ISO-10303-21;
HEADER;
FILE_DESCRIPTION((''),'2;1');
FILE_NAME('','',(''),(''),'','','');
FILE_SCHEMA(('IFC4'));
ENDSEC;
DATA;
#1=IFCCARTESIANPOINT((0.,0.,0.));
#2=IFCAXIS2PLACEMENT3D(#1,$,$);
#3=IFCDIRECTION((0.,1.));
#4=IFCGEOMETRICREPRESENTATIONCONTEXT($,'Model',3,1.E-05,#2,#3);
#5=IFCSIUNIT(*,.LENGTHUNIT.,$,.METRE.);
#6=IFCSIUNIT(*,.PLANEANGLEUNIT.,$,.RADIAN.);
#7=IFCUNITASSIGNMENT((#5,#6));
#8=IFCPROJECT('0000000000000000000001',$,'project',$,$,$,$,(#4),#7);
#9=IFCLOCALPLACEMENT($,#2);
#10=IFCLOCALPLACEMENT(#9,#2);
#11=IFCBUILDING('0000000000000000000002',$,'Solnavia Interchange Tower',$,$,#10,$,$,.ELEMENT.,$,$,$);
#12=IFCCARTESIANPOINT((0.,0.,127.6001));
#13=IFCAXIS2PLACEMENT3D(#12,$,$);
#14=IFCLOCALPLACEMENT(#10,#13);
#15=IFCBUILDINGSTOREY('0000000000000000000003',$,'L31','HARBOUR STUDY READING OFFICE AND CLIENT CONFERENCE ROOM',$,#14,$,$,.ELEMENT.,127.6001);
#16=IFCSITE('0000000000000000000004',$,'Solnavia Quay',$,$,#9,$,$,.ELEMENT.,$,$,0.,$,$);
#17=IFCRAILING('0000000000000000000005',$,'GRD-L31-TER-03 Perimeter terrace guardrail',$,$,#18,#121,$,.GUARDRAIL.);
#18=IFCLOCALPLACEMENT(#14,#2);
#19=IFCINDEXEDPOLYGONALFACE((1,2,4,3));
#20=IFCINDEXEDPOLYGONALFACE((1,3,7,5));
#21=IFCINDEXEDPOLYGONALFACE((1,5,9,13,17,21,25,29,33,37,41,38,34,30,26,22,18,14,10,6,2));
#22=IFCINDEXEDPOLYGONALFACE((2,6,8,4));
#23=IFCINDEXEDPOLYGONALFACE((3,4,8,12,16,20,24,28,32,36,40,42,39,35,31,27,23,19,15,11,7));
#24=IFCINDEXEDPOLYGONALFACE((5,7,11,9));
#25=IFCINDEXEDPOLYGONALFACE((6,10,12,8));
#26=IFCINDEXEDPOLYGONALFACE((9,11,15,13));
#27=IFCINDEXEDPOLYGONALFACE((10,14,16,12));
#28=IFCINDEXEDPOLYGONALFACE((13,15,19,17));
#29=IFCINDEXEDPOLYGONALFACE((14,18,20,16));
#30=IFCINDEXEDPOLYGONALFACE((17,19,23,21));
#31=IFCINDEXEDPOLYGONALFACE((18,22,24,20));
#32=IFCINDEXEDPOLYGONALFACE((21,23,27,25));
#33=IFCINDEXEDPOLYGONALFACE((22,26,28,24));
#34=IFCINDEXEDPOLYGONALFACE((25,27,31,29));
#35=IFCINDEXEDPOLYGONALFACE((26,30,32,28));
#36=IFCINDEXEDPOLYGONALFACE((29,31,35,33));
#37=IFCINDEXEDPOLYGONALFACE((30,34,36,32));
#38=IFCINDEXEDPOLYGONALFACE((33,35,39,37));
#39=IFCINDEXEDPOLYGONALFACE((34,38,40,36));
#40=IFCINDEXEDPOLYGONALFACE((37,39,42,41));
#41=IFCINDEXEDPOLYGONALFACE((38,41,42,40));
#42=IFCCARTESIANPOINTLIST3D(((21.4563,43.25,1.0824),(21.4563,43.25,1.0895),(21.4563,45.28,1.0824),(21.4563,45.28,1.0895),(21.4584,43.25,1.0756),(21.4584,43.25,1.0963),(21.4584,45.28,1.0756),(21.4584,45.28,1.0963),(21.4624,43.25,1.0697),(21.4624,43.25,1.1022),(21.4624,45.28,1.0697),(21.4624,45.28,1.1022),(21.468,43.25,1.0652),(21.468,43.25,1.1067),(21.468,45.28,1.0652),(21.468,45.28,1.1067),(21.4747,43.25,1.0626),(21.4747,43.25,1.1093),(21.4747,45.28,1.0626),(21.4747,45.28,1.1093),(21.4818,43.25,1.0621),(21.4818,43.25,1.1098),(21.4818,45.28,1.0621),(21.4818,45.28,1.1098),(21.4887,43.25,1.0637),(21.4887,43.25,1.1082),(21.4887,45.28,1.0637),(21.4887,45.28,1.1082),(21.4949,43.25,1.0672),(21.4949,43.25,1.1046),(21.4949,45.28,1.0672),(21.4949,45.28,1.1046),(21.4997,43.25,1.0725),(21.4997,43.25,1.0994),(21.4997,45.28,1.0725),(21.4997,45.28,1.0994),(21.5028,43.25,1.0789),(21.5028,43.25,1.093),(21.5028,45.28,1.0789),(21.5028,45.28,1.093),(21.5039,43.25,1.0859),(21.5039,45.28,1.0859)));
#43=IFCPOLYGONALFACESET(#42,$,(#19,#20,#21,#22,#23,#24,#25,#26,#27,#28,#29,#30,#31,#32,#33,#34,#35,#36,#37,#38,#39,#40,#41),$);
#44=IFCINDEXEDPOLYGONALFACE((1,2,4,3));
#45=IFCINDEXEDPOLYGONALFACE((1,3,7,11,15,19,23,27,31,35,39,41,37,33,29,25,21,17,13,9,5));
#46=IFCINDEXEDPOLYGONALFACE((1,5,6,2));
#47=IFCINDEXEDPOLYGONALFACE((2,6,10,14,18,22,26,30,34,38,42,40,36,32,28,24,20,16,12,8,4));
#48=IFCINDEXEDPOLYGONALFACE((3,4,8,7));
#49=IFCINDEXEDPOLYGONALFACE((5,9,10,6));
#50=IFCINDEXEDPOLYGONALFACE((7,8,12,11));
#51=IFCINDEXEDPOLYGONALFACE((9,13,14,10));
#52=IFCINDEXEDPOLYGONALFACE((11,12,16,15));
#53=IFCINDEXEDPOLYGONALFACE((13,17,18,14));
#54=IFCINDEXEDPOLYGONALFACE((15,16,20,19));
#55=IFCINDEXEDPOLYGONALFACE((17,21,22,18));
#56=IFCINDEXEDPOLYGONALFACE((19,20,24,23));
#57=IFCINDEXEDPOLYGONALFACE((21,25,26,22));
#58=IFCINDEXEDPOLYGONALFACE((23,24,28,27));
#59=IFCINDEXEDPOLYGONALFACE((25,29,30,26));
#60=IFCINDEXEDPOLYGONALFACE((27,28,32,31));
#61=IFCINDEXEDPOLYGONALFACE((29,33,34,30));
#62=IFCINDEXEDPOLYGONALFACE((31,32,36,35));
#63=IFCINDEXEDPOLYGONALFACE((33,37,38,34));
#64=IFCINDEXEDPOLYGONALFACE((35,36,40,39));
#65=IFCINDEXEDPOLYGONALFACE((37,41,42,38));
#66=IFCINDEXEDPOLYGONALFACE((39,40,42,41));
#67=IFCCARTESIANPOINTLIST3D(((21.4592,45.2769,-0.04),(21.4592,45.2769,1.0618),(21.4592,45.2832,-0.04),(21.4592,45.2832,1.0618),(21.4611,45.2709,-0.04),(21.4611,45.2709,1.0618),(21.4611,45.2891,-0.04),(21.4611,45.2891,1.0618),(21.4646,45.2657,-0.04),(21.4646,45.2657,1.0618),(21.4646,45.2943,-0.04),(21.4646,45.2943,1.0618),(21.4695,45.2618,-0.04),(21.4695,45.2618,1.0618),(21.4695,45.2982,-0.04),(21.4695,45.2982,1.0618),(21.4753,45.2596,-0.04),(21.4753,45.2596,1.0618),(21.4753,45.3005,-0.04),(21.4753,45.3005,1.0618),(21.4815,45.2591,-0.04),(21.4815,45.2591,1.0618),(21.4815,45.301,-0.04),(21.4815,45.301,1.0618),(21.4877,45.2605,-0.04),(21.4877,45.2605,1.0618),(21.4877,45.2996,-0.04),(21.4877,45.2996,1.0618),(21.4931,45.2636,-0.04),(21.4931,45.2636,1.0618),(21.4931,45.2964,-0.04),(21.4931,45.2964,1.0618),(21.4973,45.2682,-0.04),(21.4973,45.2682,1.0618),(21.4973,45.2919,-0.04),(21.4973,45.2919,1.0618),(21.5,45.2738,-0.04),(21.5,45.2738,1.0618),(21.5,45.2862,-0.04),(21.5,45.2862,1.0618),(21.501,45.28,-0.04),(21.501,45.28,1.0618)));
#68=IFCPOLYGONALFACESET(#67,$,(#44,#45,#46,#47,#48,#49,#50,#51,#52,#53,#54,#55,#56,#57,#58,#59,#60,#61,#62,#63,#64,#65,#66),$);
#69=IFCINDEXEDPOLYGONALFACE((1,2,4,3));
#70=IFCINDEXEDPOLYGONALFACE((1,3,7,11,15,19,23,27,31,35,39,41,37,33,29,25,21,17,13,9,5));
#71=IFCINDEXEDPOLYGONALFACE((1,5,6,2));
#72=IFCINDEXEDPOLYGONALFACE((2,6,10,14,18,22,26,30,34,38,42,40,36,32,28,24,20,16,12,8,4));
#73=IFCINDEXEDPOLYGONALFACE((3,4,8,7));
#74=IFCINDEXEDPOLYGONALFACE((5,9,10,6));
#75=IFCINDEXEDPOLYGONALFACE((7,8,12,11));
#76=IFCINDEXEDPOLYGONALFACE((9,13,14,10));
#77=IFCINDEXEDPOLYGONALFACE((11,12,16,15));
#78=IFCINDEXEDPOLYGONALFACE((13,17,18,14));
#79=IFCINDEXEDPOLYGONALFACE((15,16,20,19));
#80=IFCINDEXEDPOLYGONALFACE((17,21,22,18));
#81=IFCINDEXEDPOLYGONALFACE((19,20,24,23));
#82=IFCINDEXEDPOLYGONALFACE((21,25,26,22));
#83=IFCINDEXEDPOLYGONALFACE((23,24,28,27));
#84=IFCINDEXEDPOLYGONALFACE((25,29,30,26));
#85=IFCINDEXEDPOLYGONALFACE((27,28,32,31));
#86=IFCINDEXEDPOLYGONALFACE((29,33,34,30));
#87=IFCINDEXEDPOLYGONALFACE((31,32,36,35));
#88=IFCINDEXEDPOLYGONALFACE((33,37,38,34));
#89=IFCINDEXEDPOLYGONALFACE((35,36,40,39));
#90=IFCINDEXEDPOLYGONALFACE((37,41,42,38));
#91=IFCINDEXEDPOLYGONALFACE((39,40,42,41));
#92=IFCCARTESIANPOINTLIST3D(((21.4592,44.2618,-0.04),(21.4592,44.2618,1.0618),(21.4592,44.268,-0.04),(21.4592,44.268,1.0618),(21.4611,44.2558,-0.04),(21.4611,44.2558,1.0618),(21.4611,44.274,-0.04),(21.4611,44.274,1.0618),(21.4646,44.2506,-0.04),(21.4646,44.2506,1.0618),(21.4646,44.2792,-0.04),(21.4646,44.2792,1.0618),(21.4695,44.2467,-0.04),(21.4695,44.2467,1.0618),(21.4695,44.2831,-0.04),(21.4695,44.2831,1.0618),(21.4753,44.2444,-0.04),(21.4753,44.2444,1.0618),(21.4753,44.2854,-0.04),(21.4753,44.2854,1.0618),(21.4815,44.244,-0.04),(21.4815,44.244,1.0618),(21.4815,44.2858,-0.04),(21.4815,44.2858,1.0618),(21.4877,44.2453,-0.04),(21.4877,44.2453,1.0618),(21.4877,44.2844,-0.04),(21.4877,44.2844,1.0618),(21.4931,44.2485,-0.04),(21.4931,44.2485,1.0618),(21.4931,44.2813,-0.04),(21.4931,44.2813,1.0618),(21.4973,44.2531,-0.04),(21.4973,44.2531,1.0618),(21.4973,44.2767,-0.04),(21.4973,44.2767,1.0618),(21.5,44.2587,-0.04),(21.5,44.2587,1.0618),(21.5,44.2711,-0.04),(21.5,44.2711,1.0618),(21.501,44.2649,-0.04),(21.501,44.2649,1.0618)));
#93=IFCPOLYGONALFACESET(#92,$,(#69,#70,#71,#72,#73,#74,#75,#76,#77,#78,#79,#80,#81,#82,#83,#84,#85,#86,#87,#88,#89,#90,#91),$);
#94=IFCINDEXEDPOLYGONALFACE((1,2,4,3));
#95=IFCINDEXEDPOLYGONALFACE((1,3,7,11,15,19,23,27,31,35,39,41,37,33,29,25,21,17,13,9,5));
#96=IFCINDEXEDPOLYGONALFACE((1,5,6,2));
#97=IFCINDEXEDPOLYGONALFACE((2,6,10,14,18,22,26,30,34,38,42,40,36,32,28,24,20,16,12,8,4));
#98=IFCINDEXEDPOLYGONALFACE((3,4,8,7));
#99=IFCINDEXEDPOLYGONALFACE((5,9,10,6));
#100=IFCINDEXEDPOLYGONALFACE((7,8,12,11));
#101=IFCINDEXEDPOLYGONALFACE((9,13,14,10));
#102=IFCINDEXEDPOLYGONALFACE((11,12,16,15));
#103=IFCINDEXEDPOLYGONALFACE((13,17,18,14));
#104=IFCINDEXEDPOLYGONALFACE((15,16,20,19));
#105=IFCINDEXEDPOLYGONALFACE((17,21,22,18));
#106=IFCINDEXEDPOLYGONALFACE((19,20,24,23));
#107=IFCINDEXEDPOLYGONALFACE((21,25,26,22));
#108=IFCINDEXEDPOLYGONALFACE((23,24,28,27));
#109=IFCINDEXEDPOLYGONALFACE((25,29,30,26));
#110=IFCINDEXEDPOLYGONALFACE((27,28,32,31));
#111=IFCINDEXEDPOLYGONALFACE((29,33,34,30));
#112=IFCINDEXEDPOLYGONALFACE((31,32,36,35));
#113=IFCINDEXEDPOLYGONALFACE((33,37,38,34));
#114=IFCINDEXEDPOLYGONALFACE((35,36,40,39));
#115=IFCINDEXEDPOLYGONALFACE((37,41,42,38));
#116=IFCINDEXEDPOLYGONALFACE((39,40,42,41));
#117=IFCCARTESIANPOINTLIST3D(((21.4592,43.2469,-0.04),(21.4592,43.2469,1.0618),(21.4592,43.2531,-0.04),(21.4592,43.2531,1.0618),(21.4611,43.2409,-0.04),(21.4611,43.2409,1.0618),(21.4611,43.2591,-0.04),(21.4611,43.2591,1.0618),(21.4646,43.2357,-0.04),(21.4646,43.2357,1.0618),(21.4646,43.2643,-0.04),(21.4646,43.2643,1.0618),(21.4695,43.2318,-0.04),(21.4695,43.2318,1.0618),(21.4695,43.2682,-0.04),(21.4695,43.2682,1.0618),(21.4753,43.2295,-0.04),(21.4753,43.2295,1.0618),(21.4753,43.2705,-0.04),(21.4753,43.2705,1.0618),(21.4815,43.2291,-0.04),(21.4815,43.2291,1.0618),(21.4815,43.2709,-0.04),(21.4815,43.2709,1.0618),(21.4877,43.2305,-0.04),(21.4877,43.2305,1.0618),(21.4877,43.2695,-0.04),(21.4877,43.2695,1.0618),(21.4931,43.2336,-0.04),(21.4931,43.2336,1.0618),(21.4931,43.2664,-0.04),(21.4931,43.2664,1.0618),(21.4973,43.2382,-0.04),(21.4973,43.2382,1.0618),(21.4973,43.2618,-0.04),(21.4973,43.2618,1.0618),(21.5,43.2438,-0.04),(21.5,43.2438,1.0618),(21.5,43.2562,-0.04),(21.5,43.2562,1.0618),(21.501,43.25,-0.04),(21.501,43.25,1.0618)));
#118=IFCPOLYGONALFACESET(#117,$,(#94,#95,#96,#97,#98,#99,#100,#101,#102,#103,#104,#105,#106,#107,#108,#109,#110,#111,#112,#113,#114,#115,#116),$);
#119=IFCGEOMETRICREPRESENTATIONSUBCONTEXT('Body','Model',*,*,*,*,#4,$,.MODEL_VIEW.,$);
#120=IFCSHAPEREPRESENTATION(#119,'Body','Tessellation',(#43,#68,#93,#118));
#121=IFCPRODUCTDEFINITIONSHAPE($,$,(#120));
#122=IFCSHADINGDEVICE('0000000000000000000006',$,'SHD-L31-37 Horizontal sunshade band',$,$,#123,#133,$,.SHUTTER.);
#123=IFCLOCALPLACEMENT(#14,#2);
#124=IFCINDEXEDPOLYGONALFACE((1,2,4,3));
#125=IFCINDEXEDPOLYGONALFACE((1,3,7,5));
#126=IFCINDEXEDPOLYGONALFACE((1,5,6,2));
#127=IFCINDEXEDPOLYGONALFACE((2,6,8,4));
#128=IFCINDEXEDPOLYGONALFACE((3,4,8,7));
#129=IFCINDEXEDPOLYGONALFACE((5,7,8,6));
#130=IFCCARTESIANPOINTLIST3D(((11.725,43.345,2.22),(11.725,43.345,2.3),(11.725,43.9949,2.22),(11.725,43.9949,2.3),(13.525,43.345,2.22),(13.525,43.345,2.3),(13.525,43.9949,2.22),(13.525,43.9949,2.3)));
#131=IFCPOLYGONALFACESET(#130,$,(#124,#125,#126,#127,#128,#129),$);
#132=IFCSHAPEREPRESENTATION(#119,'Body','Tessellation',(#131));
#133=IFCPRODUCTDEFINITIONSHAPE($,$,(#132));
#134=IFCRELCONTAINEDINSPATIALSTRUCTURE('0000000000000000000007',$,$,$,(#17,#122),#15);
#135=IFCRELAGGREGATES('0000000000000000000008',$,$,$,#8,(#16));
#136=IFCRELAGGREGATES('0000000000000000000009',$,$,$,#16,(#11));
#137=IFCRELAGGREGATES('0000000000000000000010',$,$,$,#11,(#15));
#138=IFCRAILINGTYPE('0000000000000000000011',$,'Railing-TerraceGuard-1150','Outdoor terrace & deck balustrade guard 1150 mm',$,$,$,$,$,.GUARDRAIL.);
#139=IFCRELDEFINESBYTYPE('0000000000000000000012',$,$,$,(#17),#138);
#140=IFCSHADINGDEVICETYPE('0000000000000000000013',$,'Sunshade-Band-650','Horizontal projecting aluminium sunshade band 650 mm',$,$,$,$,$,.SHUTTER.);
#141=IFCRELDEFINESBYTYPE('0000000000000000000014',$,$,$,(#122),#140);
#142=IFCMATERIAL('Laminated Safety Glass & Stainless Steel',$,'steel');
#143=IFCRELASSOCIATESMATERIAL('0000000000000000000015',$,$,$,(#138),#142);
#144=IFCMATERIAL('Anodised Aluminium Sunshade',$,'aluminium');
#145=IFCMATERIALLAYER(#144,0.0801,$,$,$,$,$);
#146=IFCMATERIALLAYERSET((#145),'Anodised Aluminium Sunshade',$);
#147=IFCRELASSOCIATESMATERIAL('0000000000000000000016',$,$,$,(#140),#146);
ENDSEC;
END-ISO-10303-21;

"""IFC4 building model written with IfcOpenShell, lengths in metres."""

from ifc_helpers import new_model, si_unit, direction, frame, origin, origin_2d, place, context, subcontext, project, spatial, rectangle, circle, extrude, material, layer, layer_set, type_object, element, save


model = new_model("IFC4")

# Units and contexts
model_context = context("Model", 3, precision=1e-05, world=origin(), true_north=direction((0.0, 1.0)))
body_context = subcontext(model_context, "Body", "Model", "MODEL_VIEW")
ifc_project = project(units=[si_unit("LENGTHUNIT", "METRE"), si_unit("PLANEANGLEUNIT", "RADIAN")], contexts=[model_context])

# Site, building, storey
site_placement = place(None, origin())
site = spatial("IfcSite", under=ifc_project, at=site_placement, Name="Solnavia Quay", CompositionType="ELEMENT", RefElevation=0.0)
building_placement = place(site_placement, origin())
building = spatial("IfcBuilding", under=site, at=building_placement, Name="Solnavia Interchange Tower", CompositionType="ELEMENT")
storey_placement = place(building_placement, frame((0.0, 0.0, 127.6001)))
storey = spatial("IfcBuildingStorey", under=building, at=storey_placement, Name="L31", Description="HARBOUR STUDY READING OFFICE AND CLIENT CONFERENCE ROOM", CompositionType="ELEMENT", Elevation=127.6001)

# Railing
ifc_material_1 = material(Name="Laminated Safety Glass & Stainless Steel", Category="steel")
railing_type = type_object("IfcRailingType", Name="Railing-TerraceGuard-1150", Description="Outdoor terrace & deck balustrade guard 1150 mm", PredefinedType="GUARDRAIL", material=ifc_material_1)
railing_placement = place(storey_placement, frame((21.48, 45.28, -0.04)))
element("IfcRailing", 1, at=railing_placement, inside=storey, type_object=railing_type, Name="GRD-L31-TER-03 Perimeter terrace guardrail", PredefinedType="GUARDRAIL", context=body_context, shape_type="SweptSolid", body=[
    extrude(circle(Radius=0.0239, at=origin_2d()), frame((0.0, 0.0, 1.126), z_axis=(0.0, -1.0, 0.0), x_axis=(1.0, 0.0, 0.0)), (0.0, 0.0, 1.0), 2.03),
    extrude(circle(Radius=0.021, at=origin_2d()), origin(), (0.0, 0.0, 1.0), 1.1018),
    extrude(circle(Radius=0.021, at=origin_2d()), frame((0.0, -1.0151, 0.0)), (0.0, 0.0, 1.0), 1.1018),
    extrude(circle(Radius=0.021, at=origin_2d()), frame((0.0, -2.03, 0.0)), (0.0, 0.0, 1.0), 1.1018),
])

# Shading device
ifc_material_2 = material(Name="Anodised Aluminium Sunshade", Category="aluminium")
ifc_layer_1 = layer(ifc_material_2, 0.0801)
ifc_layer_set_1 = layer_set([ifc_layer_1], Name="Anodised Aluminium Sunshade")
shading_device_type = type_object("IfcShadingDeviceType", Name="Sunshade-Band-650", Description="Horizontal projecting aluminium sunshade band 650 mm", PredefinedType="SHUTTER", material=ifc_layer_set_1)
shading_device_placement = place(storey_placement, frame((12.625, 43.6699, 2.22), z_axis=(0.0, 0.0, 1.0), x_axis=(1.0, 0.0, 0.0)))
element("IfcShadingDevice", 2, at=shading_device_placement, inside=storey, type_object=shading_device_type, Name="SHD-L31-37 Horizontal sunshade band", PredefinedType="SHUTTER", context=body_context, shape_type="SweptSolid", body=[
    extrude(rectangle(XDim=1.8, YDim=0.6499, at=origin_2d()), origin(), (0.0, 0.0, 1.0), 0.0801),
])

save(model, "model.ifc")
